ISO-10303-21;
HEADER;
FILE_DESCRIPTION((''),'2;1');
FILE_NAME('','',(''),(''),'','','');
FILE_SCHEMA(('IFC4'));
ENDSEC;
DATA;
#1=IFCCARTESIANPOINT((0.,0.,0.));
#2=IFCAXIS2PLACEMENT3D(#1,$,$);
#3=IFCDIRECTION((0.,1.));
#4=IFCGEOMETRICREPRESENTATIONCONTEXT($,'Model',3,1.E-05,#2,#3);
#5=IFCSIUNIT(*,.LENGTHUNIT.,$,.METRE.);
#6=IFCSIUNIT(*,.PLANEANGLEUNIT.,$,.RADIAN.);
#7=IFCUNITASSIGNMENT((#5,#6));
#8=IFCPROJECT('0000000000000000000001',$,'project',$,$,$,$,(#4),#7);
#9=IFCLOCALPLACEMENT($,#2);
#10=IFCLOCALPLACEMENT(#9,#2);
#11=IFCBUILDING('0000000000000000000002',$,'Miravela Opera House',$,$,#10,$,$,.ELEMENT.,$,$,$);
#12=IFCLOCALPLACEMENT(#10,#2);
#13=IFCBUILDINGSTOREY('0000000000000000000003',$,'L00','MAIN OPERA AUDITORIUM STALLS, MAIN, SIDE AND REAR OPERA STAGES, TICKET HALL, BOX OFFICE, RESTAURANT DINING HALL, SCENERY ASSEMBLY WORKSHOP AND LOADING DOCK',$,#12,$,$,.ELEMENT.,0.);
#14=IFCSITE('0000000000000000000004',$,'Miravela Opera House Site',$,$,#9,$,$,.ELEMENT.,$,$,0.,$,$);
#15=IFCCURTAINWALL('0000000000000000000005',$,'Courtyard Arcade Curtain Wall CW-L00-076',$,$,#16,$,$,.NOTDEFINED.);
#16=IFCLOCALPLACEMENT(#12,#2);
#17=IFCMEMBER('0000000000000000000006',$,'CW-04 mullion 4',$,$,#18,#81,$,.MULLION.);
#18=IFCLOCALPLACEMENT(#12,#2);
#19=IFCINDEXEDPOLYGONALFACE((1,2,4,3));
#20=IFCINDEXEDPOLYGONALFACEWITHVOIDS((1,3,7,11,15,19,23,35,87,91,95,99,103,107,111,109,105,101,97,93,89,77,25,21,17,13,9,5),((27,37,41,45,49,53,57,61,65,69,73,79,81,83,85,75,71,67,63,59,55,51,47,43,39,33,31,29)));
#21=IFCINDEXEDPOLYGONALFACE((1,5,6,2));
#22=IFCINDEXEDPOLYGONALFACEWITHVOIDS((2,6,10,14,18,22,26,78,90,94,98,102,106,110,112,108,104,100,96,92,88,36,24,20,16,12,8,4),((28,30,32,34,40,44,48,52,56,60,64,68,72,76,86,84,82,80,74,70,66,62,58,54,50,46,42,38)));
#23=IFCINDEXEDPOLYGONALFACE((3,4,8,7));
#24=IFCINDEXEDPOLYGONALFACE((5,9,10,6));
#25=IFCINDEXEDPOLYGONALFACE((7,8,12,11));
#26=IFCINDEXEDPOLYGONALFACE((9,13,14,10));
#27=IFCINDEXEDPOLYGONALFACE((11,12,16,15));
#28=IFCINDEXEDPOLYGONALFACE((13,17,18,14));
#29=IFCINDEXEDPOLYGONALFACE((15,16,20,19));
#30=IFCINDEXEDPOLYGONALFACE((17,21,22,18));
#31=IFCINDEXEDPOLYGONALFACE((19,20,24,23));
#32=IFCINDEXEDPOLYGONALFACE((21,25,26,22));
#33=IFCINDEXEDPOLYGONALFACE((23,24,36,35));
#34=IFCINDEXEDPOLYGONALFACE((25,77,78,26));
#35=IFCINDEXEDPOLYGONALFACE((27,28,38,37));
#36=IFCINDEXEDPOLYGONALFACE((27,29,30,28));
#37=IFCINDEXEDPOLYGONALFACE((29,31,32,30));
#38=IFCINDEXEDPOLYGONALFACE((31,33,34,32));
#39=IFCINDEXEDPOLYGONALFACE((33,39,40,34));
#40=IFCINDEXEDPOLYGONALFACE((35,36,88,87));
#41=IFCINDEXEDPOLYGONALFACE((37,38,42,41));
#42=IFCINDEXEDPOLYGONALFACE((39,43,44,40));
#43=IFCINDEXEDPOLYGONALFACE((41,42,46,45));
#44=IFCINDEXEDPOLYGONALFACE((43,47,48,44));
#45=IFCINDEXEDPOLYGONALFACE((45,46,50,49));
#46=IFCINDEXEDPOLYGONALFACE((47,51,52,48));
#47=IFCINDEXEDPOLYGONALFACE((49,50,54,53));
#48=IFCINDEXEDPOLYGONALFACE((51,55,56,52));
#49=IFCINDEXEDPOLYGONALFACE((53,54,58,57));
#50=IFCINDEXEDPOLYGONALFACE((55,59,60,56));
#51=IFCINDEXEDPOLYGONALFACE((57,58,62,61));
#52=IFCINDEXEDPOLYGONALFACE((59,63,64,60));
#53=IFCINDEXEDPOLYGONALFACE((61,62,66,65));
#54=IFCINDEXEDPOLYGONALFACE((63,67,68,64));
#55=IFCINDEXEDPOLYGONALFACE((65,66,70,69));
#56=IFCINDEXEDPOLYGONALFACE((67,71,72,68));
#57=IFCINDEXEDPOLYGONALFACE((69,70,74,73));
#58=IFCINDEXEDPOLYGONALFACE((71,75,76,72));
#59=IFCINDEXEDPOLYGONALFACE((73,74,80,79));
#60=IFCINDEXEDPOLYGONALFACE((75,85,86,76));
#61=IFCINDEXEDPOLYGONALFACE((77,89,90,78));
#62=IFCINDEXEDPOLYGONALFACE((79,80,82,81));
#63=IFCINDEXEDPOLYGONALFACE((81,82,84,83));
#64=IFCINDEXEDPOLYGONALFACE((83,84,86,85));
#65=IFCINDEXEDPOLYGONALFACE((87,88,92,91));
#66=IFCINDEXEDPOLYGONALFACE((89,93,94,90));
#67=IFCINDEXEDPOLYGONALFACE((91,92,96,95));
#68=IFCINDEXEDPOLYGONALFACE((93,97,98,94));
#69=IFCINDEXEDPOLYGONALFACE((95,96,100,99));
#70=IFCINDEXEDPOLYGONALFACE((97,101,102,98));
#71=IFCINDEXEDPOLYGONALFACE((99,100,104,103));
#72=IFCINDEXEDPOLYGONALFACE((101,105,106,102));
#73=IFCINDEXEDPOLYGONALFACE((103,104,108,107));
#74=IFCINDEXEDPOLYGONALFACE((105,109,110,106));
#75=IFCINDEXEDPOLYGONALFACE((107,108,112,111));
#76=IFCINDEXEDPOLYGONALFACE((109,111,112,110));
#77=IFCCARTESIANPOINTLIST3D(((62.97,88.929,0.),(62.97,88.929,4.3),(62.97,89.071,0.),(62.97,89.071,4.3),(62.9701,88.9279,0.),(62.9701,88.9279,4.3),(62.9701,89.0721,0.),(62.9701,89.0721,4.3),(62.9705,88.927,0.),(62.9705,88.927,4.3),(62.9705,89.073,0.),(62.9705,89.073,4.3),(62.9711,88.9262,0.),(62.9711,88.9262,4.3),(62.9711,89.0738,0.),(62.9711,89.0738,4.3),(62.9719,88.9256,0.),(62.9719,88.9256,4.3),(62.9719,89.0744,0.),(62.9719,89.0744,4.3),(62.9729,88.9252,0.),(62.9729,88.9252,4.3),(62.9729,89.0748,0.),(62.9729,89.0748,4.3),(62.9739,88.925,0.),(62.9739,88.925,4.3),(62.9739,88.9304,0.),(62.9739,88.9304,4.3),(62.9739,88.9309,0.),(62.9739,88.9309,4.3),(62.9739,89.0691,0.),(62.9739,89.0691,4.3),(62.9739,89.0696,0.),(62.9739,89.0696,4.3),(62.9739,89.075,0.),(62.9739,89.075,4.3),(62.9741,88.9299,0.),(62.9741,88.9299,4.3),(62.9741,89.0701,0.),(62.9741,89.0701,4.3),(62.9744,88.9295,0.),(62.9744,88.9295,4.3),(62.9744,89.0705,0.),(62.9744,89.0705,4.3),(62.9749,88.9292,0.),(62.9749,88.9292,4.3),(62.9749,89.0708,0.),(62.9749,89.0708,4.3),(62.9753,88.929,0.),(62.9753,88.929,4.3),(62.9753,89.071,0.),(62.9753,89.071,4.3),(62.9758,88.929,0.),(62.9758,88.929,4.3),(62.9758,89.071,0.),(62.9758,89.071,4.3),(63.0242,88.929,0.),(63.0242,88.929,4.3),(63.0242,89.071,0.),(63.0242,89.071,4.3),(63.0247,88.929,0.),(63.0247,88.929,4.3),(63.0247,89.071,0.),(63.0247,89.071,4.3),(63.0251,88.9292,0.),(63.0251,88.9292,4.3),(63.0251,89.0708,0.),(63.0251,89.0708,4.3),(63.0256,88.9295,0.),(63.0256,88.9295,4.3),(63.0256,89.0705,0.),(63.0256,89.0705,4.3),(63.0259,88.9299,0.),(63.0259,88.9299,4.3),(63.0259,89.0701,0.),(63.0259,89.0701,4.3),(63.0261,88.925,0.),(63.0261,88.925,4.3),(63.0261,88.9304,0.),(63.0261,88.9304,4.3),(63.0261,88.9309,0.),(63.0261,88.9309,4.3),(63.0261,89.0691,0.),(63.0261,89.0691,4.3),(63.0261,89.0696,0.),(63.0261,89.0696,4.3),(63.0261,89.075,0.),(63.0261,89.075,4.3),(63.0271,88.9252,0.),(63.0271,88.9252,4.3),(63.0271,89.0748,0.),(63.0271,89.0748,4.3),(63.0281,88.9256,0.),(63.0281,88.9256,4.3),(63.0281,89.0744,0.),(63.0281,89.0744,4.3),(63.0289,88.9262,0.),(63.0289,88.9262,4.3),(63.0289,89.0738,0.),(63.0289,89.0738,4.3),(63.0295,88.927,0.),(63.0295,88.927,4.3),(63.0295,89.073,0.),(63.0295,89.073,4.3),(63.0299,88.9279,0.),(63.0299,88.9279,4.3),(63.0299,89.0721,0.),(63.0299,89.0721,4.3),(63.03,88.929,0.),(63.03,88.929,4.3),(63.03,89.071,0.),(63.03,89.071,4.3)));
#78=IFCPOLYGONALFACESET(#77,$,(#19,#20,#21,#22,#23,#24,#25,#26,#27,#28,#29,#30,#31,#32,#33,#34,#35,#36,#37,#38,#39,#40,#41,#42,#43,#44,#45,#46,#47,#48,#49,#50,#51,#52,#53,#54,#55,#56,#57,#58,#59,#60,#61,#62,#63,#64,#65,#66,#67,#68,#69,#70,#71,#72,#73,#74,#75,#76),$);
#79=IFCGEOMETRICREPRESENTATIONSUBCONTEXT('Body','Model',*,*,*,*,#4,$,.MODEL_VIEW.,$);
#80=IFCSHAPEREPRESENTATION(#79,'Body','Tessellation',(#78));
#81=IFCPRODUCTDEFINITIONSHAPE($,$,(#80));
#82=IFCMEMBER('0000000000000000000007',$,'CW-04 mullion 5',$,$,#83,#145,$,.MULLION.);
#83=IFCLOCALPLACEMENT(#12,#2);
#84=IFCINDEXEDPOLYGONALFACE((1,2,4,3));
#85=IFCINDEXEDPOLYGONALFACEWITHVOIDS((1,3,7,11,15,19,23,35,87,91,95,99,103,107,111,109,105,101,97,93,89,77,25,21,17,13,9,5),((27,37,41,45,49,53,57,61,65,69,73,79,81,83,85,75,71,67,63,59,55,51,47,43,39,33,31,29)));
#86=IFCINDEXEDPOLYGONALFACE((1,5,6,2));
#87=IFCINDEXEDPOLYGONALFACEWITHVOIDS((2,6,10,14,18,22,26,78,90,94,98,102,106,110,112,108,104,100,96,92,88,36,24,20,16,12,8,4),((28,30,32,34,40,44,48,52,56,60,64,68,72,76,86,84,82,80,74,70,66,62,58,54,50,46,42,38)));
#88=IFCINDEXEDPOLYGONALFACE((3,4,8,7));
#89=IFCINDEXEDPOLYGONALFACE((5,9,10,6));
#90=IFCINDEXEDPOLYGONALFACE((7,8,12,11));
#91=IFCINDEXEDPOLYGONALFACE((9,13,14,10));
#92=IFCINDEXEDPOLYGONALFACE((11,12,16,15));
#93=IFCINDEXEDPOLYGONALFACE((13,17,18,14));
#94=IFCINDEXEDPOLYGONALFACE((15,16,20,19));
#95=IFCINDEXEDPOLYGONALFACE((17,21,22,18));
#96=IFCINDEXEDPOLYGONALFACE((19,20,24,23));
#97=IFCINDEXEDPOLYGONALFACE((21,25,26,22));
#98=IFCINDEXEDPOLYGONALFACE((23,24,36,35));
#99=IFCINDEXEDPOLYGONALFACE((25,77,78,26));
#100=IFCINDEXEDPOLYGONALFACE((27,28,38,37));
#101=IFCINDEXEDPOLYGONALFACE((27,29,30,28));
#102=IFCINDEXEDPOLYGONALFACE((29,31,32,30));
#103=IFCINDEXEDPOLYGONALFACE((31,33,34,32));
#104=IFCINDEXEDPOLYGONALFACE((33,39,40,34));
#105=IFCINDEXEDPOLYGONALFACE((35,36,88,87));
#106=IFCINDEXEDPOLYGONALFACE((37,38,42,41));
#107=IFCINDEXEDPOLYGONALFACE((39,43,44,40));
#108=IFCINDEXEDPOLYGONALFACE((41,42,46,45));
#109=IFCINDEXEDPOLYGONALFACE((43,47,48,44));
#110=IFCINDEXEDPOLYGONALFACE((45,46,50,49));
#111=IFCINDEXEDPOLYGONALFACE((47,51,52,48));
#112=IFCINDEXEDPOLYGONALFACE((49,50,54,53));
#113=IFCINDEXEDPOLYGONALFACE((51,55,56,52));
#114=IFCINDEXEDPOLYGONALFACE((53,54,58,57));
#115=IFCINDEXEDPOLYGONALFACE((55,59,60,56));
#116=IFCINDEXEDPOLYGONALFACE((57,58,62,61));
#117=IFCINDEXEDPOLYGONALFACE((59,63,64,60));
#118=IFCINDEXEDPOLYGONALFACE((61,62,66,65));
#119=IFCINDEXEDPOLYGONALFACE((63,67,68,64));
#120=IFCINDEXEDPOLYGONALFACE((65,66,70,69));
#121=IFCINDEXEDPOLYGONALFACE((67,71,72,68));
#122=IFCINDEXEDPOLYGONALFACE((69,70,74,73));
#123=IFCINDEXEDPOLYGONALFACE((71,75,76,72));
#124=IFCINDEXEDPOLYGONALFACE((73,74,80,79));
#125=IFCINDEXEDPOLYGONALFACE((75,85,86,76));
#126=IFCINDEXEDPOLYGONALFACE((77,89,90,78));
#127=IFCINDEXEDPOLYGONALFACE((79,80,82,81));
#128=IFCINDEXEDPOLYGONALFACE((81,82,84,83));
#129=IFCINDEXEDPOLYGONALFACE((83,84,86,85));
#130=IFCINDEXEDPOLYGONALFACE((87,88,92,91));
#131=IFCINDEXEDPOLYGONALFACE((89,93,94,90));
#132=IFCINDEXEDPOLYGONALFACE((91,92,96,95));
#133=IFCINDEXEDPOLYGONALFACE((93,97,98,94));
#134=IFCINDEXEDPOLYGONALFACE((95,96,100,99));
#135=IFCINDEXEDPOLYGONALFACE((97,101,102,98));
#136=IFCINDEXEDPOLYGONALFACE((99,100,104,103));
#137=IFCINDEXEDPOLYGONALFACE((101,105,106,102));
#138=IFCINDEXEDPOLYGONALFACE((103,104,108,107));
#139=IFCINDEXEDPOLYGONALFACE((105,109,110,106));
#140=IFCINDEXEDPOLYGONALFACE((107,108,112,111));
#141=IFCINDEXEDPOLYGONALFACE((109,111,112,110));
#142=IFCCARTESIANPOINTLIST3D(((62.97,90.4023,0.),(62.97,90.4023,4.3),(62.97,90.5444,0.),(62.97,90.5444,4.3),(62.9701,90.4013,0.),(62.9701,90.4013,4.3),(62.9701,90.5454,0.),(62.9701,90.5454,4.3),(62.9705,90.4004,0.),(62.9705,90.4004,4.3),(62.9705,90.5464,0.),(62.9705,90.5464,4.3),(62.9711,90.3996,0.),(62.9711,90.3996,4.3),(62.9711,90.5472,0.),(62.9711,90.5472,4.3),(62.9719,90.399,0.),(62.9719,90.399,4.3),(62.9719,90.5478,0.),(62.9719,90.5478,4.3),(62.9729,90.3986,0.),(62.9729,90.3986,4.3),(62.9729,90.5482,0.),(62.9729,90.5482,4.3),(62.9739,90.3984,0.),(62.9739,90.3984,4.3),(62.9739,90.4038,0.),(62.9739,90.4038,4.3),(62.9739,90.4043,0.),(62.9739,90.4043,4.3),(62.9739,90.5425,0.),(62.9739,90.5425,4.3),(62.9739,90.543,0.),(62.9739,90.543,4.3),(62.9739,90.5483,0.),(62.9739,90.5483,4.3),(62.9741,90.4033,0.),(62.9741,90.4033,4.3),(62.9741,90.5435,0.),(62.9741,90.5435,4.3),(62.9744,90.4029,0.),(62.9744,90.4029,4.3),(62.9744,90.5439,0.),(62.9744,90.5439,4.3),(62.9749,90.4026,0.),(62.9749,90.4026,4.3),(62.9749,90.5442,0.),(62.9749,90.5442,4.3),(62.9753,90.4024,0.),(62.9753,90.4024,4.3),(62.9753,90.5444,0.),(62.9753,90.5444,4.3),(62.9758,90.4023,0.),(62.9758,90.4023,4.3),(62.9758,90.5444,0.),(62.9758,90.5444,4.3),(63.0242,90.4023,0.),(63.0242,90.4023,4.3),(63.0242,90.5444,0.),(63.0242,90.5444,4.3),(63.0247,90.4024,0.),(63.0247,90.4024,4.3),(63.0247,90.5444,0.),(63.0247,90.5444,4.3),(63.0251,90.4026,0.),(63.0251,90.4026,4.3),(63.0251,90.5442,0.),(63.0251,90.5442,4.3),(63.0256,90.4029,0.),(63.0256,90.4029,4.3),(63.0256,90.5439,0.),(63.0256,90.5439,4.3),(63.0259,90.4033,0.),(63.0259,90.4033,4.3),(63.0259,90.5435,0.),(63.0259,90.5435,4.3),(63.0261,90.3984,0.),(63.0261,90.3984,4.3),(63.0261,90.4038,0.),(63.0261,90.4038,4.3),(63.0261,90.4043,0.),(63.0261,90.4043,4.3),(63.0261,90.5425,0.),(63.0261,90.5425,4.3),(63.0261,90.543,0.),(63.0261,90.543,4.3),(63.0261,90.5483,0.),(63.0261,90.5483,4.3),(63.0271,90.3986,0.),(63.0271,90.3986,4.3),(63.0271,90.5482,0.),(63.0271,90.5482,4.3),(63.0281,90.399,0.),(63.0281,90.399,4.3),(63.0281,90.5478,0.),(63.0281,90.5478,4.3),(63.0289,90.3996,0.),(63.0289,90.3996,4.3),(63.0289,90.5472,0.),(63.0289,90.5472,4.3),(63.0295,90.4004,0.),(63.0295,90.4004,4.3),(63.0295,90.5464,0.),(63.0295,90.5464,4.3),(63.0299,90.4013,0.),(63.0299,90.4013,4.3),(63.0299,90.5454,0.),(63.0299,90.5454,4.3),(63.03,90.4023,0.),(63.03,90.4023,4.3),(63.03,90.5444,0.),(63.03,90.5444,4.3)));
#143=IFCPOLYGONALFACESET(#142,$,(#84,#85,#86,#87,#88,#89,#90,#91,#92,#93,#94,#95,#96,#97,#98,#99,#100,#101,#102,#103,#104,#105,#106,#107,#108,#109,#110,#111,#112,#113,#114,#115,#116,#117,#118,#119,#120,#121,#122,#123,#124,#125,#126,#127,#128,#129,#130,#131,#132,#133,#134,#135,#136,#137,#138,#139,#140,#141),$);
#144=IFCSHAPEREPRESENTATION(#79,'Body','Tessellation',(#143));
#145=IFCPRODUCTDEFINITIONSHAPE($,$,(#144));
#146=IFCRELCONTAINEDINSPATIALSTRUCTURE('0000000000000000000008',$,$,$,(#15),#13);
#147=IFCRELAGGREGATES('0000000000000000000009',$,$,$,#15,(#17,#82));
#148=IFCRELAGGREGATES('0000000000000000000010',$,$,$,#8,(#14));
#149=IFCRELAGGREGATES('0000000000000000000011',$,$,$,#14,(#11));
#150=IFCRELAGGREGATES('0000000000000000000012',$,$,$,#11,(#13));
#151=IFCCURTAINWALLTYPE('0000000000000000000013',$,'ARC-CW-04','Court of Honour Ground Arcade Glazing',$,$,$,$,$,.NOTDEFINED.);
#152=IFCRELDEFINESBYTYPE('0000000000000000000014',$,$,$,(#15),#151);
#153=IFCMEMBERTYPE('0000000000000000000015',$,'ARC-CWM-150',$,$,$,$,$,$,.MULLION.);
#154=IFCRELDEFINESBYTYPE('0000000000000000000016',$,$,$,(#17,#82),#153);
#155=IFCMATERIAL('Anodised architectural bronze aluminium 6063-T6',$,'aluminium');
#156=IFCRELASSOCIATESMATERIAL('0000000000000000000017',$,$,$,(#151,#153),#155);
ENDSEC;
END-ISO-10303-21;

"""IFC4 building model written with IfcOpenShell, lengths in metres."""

from ifc_helpers import new_model, si_unit, direction, frame, origin, origin_2d, place, context, subcontext, project, spatial, hollow_rectangle, extrude, material, material_profile, profile_set, type_object, element, aggregate, save


model = new_model("IFC4")

# Units and contexts
model_context = context("Model", 3, precision=1e-05, world=origin(), true_north=direction((0.0, 1.0)))
body_context = subcontext(model_context, "Body", "Model", "MODEL_VIEW")
ifc_project = project(units=[si_unit("LENGTHUNIT", "METRE"), si_unit("PLANEANGLEUNIT", "RADIAN")], contexts=[model_context])

# Site, building, storey
site_placement = place(None, origin())
site = spatial("IfcSite", under=ifc_project, at=site_placement, Name="Miravela Opera House Site", CompositionType="ELEMENT", RefElevation=0.0)
building_placement = place(site_placement, origin())
building = spatial("IfcBuilding", under=site, at=building_placement, Name="Miravela Opera House", CompositionType="ELEMENT")
storey_placement = place(building_placement, origin())
storey = spatial("IfcBuildingStorey", under=building, at=storey_placement, Name="L00", Description="MAIN OPERA AUDITORIUM STALLS, MAIN, SIDE AND REAR OPERA STAGES, TICKET HALL, BOX OFFICE, RESTAURANT DINING HALL, SCENERY ASSEMBLY WORKSHOP AND LOADING DOCK", CompositionType="ELEMENT", Elevation=0.0)

# Curtain wall, members
ifc_material_1 = material(Name="Anodised architectural bronze aluminium 6063-T6", Category="aluminium")
curtain_wall_type = type_object("IfcCurtainWallType", Name="ARC-CW-04", Description="Court of Honour Ground Arcade Glazing", PredefinedType="NOTDEFINED", material=ifc_material_1)
curtain_wall_placement = place(storey_placement, origin())
curtain_wall = element("IfcCurtainWall", 1, at=curtain_wall_placement, inside=storey, type_object=curtain_wall_type, Name="Courtyard Arcade Curtain Wall CW-L00-076", PredefinedType="NOTDEFINED")
ifc_material_profile_1 = material_profile(ifc_material_1, hollow_rectangle(XDim=0.0601, YDim=0.1499, WallThickness=0.0039, InnerFilletRadius=0.002, OuterFilletRadius=0.0039, at=origin_2d()), Name="CWM-60X150")
ifc_profile_set_1 = profile_set([ifc_material_profile_1])
member_type_1 = type_object("IfcMemberType", Name="ARC-CWM-150", PredefinedType="MULLION", material=ifc_profile_set_1)
member_1_placement = place(storey_placement, frame((63.0, 89.0, 0.0), z_axis=(0.0, 0.0, 1.0), x_axis=(-1.0, 0.0, 0.0)))
member_1 = element("IfcMember", 2, at=member_1_placement, type_object=member_type_1, Name="CW-04 mullion 4", PredefinedType="MULLION", context=body_context, shape_type="SweptSolid", body=[
    extrude(hollow_rectangle(XDim=0.0601, YDim=0.1499, WallThickness=0.0039, InnerFilletRadius=0.002, OuterFilletRadius=0.0039, at=origin_2d()), origin(), (0.0, 0.0, 1.0), 4.3),
])
member_2_placement = place(storey_placement, frame((63.0, 90.4734, 0.0), z_axis=(0.0, 0.0, 1.0), x_axis=(-1.0, 0.0, 0.0)))
member_2 = element("IfcMember", 3, at=member_2_placement, type_object=member_type_1, Name="CW-04 mullion 5", PredefinedType="MULLION", context=body_context, shape_type="SweptSolid", body=[
    extrude(hollow_rectangle(XDim=0.0601, YDim=0.1499, WallThickness=0.0039, InnerFilletRadius=0.002, OuterFilletRadius=0.0039, at=origin_2d()), origin(), (0.0, 0.0, 1.0), 4.3),
])

aggregate(curtain_wall, [member_1, member_2])

save(model, "model.ifc")
